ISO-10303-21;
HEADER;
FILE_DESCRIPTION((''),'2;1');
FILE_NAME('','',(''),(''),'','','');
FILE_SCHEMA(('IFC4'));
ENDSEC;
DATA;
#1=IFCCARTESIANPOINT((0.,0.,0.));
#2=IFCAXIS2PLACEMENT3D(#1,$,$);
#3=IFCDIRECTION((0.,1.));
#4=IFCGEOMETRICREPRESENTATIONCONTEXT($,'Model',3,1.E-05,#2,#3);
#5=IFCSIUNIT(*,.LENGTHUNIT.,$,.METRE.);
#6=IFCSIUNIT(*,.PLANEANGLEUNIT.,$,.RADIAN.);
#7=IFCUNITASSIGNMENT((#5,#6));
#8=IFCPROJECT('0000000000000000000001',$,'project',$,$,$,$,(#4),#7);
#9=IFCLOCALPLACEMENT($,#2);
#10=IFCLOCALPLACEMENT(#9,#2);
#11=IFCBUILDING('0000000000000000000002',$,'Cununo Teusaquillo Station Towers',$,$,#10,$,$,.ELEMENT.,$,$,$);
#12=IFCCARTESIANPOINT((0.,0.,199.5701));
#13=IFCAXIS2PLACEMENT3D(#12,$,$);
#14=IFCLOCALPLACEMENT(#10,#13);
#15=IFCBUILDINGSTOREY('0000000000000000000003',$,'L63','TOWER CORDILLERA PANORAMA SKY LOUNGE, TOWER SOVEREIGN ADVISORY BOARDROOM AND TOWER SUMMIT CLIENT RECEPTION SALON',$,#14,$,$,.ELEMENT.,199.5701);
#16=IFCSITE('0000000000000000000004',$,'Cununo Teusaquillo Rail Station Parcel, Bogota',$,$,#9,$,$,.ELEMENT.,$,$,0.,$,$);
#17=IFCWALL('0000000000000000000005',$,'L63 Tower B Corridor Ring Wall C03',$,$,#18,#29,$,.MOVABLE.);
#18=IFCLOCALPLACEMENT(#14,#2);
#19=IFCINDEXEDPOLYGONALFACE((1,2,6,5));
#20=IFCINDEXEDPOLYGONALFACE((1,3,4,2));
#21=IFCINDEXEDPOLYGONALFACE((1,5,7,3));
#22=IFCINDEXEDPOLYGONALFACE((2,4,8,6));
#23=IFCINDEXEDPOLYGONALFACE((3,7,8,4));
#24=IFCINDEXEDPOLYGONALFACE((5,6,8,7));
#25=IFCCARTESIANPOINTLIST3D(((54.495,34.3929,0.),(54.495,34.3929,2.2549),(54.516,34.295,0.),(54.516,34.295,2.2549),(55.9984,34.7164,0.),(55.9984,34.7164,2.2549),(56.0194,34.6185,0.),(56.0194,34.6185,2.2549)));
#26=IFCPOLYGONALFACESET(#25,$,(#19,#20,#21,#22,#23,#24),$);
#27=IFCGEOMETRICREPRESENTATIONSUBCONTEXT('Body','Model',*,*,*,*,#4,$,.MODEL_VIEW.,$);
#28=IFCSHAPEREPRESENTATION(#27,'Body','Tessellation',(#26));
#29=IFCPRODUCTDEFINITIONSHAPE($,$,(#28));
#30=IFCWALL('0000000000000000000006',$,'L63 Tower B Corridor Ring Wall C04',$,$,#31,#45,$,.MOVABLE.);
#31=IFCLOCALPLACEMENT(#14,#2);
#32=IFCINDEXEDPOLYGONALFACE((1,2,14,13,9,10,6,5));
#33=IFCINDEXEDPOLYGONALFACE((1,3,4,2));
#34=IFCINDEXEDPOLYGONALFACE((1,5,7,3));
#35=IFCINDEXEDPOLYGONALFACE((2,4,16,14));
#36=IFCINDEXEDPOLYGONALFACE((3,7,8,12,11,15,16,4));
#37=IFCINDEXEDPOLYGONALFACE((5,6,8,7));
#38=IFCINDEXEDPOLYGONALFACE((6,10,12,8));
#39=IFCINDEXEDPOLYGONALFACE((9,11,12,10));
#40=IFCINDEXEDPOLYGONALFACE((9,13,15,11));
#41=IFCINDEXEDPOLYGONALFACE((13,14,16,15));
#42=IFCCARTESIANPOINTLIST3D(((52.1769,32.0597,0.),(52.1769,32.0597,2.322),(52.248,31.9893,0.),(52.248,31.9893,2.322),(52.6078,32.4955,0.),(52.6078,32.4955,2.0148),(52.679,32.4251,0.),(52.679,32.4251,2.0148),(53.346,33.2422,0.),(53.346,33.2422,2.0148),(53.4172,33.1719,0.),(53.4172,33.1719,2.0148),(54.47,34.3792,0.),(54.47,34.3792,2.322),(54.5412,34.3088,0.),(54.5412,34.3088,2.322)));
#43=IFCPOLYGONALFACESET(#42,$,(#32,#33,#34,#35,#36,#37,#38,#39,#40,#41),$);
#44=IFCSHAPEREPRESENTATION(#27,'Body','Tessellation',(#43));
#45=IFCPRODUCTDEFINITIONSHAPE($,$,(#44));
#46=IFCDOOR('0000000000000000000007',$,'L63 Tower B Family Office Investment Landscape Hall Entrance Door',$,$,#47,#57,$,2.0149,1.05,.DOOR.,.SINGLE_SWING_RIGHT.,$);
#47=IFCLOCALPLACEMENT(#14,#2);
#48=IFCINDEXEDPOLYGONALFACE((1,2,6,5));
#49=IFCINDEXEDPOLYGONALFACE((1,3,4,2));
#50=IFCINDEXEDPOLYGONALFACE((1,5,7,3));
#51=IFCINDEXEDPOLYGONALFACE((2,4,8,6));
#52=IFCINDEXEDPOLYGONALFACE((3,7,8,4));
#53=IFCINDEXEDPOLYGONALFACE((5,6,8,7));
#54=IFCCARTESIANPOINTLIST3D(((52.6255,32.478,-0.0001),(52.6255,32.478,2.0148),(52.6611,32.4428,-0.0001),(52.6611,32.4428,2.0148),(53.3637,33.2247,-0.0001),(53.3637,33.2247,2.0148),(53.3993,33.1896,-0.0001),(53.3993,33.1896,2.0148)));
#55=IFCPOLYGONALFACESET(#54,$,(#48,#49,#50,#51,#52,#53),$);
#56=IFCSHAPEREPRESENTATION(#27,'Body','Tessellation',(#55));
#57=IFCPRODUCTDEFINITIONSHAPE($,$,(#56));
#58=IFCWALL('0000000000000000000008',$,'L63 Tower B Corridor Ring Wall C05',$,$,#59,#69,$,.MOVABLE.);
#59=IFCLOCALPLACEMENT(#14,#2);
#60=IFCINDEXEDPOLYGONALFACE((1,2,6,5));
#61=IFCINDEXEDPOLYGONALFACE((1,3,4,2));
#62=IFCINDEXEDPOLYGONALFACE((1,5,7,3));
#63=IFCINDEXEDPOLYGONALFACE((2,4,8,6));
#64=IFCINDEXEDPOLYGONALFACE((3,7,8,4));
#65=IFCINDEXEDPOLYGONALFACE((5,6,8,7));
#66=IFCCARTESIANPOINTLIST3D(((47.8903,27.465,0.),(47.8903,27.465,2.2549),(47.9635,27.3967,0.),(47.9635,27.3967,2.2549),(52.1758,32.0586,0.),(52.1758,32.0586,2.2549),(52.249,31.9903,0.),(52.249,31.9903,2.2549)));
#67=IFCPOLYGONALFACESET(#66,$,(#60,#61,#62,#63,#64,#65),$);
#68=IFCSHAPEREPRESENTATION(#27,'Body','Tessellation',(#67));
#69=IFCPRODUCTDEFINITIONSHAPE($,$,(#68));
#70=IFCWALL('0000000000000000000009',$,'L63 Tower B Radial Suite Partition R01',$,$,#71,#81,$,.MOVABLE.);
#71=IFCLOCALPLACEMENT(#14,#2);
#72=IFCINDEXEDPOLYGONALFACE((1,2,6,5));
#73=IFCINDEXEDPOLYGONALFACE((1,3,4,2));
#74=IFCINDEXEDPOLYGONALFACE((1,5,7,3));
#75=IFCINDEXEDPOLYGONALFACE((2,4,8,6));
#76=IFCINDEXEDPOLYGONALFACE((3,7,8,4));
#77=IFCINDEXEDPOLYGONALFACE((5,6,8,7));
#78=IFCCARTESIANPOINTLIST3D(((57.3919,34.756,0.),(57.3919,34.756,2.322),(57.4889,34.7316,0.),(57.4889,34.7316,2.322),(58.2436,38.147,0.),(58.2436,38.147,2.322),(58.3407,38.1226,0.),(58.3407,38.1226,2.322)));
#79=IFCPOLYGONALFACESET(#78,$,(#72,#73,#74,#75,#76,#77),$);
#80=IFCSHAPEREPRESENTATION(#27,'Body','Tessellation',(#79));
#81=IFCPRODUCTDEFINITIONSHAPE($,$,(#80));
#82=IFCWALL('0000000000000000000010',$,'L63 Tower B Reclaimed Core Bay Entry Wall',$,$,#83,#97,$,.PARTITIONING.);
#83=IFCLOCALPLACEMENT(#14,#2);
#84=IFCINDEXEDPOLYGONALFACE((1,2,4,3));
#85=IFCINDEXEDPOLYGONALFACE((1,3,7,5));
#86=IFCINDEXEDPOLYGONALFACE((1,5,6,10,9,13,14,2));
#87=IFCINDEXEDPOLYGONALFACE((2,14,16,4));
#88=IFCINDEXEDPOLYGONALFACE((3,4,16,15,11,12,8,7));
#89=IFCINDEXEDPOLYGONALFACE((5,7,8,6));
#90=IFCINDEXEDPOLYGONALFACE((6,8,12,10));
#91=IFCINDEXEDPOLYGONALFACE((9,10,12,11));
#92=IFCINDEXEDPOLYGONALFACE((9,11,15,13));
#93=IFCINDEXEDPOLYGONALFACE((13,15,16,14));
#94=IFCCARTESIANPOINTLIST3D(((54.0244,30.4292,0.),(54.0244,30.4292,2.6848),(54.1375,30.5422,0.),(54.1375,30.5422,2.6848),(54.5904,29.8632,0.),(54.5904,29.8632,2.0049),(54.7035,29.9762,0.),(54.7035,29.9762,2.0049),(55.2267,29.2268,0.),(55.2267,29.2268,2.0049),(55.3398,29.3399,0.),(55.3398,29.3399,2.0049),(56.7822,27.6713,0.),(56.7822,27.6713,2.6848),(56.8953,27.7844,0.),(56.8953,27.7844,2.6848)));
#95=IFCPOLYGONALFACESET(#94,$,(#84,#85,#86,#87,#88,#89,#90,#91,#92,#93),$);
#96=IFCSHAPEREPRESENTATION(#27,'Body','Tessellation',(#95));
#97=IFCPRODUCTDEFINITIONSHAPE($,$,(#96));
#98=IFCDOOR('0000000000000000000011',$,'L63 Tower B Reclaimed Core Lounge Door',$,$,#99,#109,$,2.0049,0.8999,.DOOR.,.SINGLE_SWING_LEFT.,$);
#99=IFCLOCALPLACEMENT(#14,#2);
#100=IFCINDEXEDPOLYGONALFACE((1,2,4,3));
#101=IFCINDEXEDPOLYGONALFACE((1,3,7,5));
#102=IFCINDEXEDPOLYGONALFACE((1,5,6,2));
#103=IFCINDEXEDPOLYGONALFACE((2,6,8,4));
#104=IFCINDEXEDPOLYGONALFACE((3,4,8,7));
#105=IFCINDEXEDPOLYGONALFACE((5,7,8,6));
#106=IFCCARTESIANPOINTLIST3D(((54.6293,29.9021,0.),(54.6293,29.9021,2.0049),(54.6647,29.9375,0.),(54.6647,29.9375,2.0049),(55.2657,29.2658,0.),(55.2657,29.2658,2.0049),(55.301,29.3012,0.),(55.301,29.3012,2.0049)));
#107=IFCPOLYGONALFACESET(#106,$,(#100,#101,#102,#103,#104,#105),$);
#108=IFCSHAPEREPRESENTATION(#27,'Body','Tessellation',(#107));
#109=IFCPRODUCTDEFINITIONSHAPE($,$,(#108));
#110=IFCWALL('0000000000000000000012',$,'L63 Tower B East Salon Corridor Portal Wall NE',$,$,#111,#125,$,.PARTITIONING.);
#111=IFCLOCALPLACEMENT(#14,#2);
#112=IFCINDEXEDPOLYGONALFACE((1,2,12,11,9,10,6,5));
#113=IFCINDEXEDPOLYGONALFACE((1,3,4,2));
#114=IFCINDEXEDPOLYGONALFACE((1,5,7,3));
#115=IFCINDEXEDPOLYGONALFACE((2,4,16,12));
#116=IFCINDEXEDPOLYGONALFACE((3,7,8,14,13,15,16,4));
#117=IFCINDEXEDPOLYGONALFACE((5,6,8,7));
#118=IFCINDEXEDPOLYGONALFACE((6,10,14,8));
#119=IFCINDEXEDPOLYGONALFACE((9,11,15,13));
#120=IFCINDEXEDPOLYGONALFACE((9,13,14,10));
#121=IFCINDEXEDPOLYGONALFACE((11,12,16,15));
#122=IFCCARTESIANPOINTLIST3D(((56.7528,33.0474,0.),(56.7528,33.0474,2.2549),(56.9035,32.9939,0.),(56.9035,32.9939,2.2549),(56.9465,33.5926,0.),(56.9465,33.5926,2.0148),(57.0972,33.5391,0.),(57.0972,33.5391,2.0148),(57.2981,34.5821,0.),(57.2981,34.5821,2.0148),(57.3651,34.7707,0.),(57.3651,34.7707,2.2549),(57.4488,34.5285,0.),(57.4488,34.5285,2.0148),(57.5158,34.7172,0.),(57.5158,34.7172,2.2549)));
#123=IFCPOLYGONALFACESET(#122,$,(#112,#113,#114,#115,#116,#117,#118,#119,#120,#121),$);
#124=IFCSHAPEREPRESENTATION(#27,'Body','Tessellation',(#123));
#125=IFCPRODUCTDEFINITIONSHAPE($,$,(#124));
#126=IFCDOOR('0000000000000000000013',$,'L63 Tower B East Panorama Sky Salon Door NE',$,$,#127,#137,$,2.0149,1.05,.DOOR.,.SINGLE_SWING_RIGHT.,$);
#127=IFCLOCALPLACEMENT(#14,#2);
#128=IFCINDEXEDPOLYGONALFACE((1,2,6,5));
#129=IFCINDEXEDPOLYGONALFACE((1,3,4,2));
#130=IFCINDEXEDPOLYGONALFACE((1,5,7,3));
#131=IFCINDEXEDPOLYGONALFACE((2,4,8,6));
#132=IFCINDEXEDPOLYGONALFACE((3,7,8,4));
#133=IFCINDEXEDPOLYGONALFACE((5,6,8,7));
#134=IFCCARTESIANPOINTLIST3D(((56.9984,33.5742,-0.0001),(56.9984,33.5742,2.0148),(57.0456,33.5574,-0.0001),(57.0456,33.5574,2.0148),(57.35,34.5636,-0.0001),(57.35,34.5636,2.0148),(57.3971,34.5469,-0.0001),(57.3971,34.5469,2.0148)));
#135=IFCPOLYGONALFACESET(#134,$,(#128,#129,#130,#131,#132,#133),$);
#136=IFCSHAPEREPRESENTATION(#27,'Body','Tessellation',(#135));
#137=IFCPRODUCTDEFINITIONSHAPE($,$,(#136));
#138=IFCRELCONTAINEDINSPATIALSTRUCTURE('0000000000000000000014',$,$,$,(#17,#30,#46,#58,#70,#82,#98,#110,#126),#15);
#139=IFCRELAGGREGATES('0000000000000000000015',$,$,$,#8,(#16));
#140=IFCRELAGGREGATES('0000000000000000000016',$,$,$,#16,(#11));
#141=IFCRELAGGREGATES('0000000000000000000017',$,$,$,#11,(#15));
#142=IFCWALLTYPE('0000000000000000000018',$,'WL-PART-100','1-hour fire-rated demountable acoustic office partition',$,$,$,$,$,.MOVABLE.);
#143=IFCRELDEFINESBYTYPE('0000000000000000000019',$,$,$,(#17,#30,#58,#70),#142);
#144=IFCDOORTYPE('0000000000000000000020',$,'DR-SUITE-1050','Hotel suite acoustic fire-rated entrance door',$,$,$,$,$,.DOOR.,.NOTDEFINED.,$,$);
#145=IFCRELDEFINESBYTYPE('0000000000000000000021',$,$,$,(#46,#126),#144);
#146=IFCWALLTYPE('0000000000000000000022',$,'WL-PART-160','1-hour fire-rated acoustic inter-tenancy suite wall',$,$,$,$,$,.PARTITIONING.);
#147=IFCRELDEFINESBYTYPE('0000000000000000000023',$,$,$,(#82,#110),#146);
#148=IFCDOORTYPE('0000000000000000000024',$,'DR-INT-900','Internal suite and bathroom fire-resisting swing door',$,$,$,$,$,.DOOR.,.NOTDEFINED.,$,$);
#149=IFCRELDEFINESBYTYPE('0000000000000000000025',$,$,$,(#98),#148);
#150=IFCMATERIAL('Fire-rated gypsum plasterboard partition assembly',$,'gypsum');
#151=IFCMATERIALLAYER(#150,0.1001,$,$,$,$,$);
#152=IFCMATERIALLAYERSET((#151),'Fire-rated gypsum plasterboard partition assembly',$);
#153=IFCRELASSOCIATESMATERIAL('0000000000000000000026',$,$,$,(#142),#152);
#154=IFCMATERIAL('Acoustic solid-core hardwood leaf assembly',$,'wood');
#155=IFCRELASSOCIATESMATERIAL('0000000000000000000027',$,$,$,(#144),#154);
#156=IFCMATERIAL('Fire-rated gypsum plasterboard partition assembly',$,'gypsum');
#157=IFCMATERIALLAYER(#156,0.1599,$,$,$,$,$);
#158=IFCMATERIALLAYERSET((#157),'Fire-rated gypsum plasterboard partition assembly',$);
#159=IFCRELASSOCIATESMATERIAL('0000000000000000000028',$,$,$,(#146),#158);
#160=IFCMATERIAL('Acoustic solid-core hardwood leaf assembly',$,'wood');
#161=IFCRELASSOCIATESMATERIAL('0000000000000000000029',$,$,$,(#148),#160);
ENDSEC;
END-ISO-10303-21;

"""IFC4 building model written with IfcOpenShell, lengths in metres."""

from ifc_helpers import new_model, si_unit, direction, frame, frame_2d, origin, place, context, subcontext, project, spatial, rectangle, extrude, source, transform, mapped, material, layer, layer_set, type_object, element, fill, save


model = new_model("IFC4")

# Units and contexts
model_context = context("Model", 3, precision=1e-05, world=origin(), true_north=direction((0.0, 1.0)))
body_context = subcontext(model_context, "Body", "Model", "MODEL_VIEW")
ifc_project = project(units=[si_unit("LENGTHUNIT", "METRE"), si_unit("PLANEANGLEUNIT", "RADIAN")], contexts=[model_context])

# Site, building, storey
site_placement = place(None, origin())
site = spatial("IfcSite", under=ifc_project, at=site_placement, Name="Cununo Teusaquillo Rail Station Parcel, Bogota", CompositionType="ELEMENT", RefElevation=0.0)
building_placement = place(site_placement, origin())
building = spatial("IfcBuilding", under=site, at=building_placement, Name="Cununo Teusaquillo Station Towers", CompositionType="ELEMENT")
storey_placement = place(building_placement, frame((0.0, 0.0, 199.5701)))
storey = spatial("IfcBuildingStorey", under=building, at=storey_placement, Name="L63", Description="TOWER CORDILLERA PANORAMA SKY LOUNGE, TOWER SOVEREIGN ADVISORY BOARDROOM AND TOWER SUMMIT CLIENT RECEPTION SALON", CompositionType="ELEMENT", Elevation=199.5701)

# Wall
ifc_material_1 = material(Name="Fire-rated gypsum plasterboard partition assembly", Category="gypsum")
ifc_layer_1 = layer(ifc_material_1, 0.1001)
ifc_layer_set_1 = layer_set([ifc_layer_1], Name="Fire-rated gypsum plasterboard partition assembly")
wall_type_1 = type_object("IfcWallType", Name="WL-PART-100", Description="1-hour fire-rated demountable acoustic office partition", PredefinedType="MOVABLE", material=ifc_layer_set_1)
wall_1_placement = place(storey_placement, frame((56.009, 34.6675, 0.0), z_axis=(0.0, 0.0, 1.0), x_axis=(-0.977625, -0.210353, 0.0)))
element("IfcWall", 1, at=wall_1_placement, inside=storey, type_object=wall_type_1, Name="L63 Tower B Corridor Ring Wall C03", PredefinedType="MOVABLE", context=body_context, shape_type="SweptSolid", body=[
    extrude(rectangle(XDim=1.5378, YDim=0.1001, at=frame_2d((0.769, 0.0))), origin(), (0.0, 0.0, 1.0), 2.2549),
])

# Wall, opening, door
wall_2_placement = place(storey_placement, frame((54.5056, 34.344, 0.0), z_axis=(0.0, 0.0, 1.0), x_axis=(-0.703053, -0.711137, 0.0)))
wall_2 = element("IfcWall", 2, at=wall_2_placement, inside=storey, type_object=wall_type_1, Name="L63 Tower B Corridor Ring Wall C04", PredefinedType="MOVABLE", context=body_context, shape_type="SweptSolid", body=[
    extrude(rectangle(XDim=3.2617, YDim=0.1001, at=frame_2d((1.6309, 0.0))), origin(), (0.0, 0.0, 1.0), 2.322),
])
shared_shape_1 = source(origin(), body_context, "Body", "SweptSolid", [
    extrude(rectangle(XDim=1.05, YDim=2.0149, at=frame_2d((0.5249, 1.0073))), frame((0.0, 0.0601, 0.0), z_axis=(0.0, -1.0, 0.0), x_axis=(1.0, 0.0, 0.0)), (0.0, 0.0, 1.0), 0.1201),
])
opening_1_placement = place(wall_2_placement, frame((1.5989, 0.0, 0.0)))
opening_1 = element("IfcOpeningElement", 3, at=opening_1_placement, cuts=wall_2, PredefinedType="OPENING", context=body_context, shape_type="MappedRepresentation", body=[
    mapped(shared_shape_1, transform((0.0, 0.0, 0.0), x_axis=(1.0, 0.0, 0.0), y_axis=(0.0, 1.0, 0.0), z_axis=(0.0, 0.0, 1.0), scale=1.0)),
])
ifc_material_2 = material(Name="Acoustic solid-core hardwood leaf assembly", Category="wood")
door_type_1 = type_object("IfcDoorType", Name="DR-SUITE-1050", Description="Hotel suite acoustic fire-rated entrance door", OperationType="NOTDEFINED", PredefinedType="DOOR", material=ifc_material_2)
shared_shape_2 = source(origin(), body_context, "Body", "SweptSolid", [
    extrude(rectangle(XDim=1.05, YDim=2.0149, at=frame_2d((0.5249, 1.0073))), frame((0.0, 0.0249, 0.0), z_axis=(0.0, -1.0, 0.0), x_axis=(1.0, 0.0, 0.0)), (0.0, 0.0, 1.0), 0.05),
])
door_1_placement = place(opening_1_placement, origin())
door_1 = element("IfcDoor", 4, at=door_1_placement, inside=storey, type_object=door_type_1, Name="L63 Tower B Family Office Investment Landscape Hall Entrance Door", OperationType="SINGLE_SWING_RIGHT", OverallHeight=2.0149, OverallWidth=1.05, PredefinedType="DOOR", context=body_context, shape_type="MappedRepresentation", body=[
    mapped(shared_shape_2, transform((0.0, 0.0, 0.0), x_axis=(1.0, 0.0, 0.0), y_axis=(0.0, 1.0, 0.0), z_axis=(0.0, 0.0, 1.0), scale=1.0)),
])
fill(opening_1, door_1)

# Walls
wall_3_placement = place(storey_placement, frame((52.2124, 32.0244, 0.0), z_axis=(0.0, 0.0, 1.0), x_axis=(-0.682159, -0.731204, 0.0)))
element("IfcWall", 5, at=wall_3_placement, inside=storey, type_object=wall_type_1, Name="L63 Tower B Corridor Ring Wall C05", PredefinedType="MOVABLE", context=body_context, shape_type="SweptSolid", body=[
    extrude(rectangle(XDim=6.2822, YDim=0.1001, at=frame_2d((3.1411, 0.0))), origin(), (0.0, 0.0, 1.0), 2.2549),
])
wall_4_placement = place(storey_placement, frame((57.4404, 34.7439, 0.0), z_axis=(0.0, 0.0, 1.0), x_axis=(0.24362, 0.969871, 0.0)))
element("IfcWall", 6, at=wall_4_placement, inside=storey, type_object=wall_type_1, Name="L63 Tower B Radial Suite Partition R01", PredefinedType="MOVABLE", context=body_context, shape_type="SweptSolid", body=[
    extrude(rectangle(XDim=3.4963, YDim=0.1001, at=frame_2d((1.748, 0.0))), origin(), (0.0, 0.0, 1.0), 2.322),
])

# Walls, openings, doors
ifc_material_3 = material(Name="Fire-rated gypsum plasterboard partition assembly", Category="gypsum")
ifc_layer_2 = layer(ifc_material_3, 0.1599)
ifc_layer_set_2 = layer_set([ifc_layer_2], Name="Fire-rated gypsum plasterboard partition assembly")
wall_type_2 = type_object("IfcWallType", Name="WL-PART-160", Description="1-hour fire-rated acoustic inter-tenancy suite wall", PredefinedType="PARTITIONING", material=ifc_layer_set_2)
wall_5_placement = place(storey_placement, frame((56.8389, 27.7278, 0.0), z_axis=(0.0, 0.0, 1.0), x_axis=(-0.707107, 0.707107, 0.0)))
wall_5 = element("IfcWall", 7, at=wall_5_placement, inside=storey, type_object=wall_type_2, Name="L63 Tower B Reclaimed Core Bay Entry Wall", PredefinedType="PARTITIONING", context=body_context, shape_type="SweptSolid", body=[
    extrude(rectangle(XDim=3.9001, YDim=0.1599, at=frame_2d((1.9502, 0.0))), origin(), (0.0, 0.0, 1.0), 2.6848),
])
shared_shape_3 = source(origin(), body_context, "Body", "SweptSolid", [
    extrude(rectangle(XDim=0.8999, YDim=2.0049, at=frame_2d((0.45, 1.0024))), frame((0.0, 0.0898, 0.0), z_axis=(0.0, -1.0, 0.0), x_axis=(1.0, 0.0, 0.0)), (0.0, 0.0, 1.0), 0.1799),
])
opening_2_placement = place(wall_5_placement, frame((2.2, 0.0, 0.0)))
opening_2 = element("IfcOpeningElement", 8, at=opening_2_placement, cuts=wall_5, PredefinedType="OPENING", context=body_context, shape_type="MappedRepresentation", body=[
    mapped(shared_shape_3, transform((0.0, 0.0, 0.0), x_axis=(1.0, 0.0, 0.0), y_axis=(0.0, 1.0, 0.0), z_axis=(0.0, 0.0, 1.0), scale=1.0)),
])
ifc_material_4 = material(Name="Acoustic solid-core hardwood leaf assembly", Category="wood")
door_type_2 = type_object("IfcDoorType", Name="DR-INT-900", Description="Internal suite and bathroom fire-resisting swing door", OperationType="NOTDEFINED", PredefinedType="DOOR", material=ifc_material_4)
shared_shape_4 = source(origin(), body_context, "Body", "SweptSolid", [
    extrude(rectangle(XDim=0.8999, YDim=2.0049, at=frame_2d((0.45, 1.0024))), frame((0.0, 0.0249, 0.0), z_axis=(0.0, -1.0, 0.0), x_axis=(1.0, 0.0, 0.0)), (0.0, 0.0, 1.0), 0.05),
])
door_2_placement = place(opening_2_placement, origin())
door_2 = element("IfcDoor", 9, at=door_2_placement, inside=storey, type_object=door_type_2, Name="L63 Tower B Reclaimed Core Lounge Door", OperationType="SINGLE_SWING_LEFT", OverallHeight=2.0049, OverallWidth=0.8999, PredefinedType="DOOR", context=body_context, shape_type="MappedRepresentation", body=[
    mapped(shared_shape_4, transform((0.0, 0.0, 0.0), x_axis=(1.0, 0.0, 0.0), y_axis=(0.0, 1.0, 0.0), z_axis=(0.0, 0.0, 1.0), scale=1.0)),
])
fill(opening_2, door_2)
wall_6_placement = place(storey_placement, frame((56.8281, 33.0205, 0.0), z_axis=(0.0, 0.0, 1.0), x_axis=(0.334788, 0.942293, 0.0)))
wall_6 = element("IfcWall", 10, at=wall_6_placement, inside=storey, type_object=wall_type_2, Name="L63 Tower B East Salon Corridor Portal Wall NE", PredefinedType="PARTITIONING", context=body_context, shape_type="SweptSolid", body=[
    extrude(rectangle(XDim=1.8289, YDim=0.1599, at=frame_2d((0.9146, 0.0))), origin(), (0.0, 0.0, 1.0), 2.2549),
])
shared_shape_5 = source(origin(), body_context, "Body", "SweptSolid", [
    extrude(rectangle(XDim=1.05, YDim=2.0149, at=frame_2d((0.5249, 1.0073))), frame((0.0, 0.0898, 0.0), z_axis=(0.0, -1.0, 0.0), x_axis=(1.0, 0.0, 0.0)), (0.0, 0.0, 1.0), 0.1799),
])
opening_3_placement = place(wall_6_placement, frame((0.5789, 0.0, 0.0)))
opening_3 = element("IfcOpeningElement", 11, at=opening_3_placement, cuts=wall_6, PredefinedType="OPENING", context=body_context, shape_type="MappedRepresentation", body=[
    mapped(shared_shape_5, transform((0.0, 0.0, 0.0), x_axis=(1.0, 0.0, 0.0), y_axis=(0.0, 1.0, 0.0), z_axis=(0.0, 0.0, 1.0), scale=1.0)),
])
door_3_placement = place(opening_3_placement, origin())
door_3 = element("IfcDoor", 12, at=door_3_placement, inside=storey, type_object=door_type_1, Name="L63 Tower B East Panorama Sky Salon Door NE", OperationType="SINGLE_SWING_RIGHT", OverallHeight=2.0149, OverallWidth=1.05, PredefinedType="DOOR", context=body_context, shape_type="MappedRepresentation", body=[
    mapped(shared_shape_2, transform((0.0, 0.0, 0.0), x_axis=(1.0, 0.0, 0.0), y_axis=(0.0, 1.0, 0.0), z_axis=(0.0, 0.0, 1.0), scale=1.0)),
])
fill(opening_3, door_3)

save(model, "model.ifc")
